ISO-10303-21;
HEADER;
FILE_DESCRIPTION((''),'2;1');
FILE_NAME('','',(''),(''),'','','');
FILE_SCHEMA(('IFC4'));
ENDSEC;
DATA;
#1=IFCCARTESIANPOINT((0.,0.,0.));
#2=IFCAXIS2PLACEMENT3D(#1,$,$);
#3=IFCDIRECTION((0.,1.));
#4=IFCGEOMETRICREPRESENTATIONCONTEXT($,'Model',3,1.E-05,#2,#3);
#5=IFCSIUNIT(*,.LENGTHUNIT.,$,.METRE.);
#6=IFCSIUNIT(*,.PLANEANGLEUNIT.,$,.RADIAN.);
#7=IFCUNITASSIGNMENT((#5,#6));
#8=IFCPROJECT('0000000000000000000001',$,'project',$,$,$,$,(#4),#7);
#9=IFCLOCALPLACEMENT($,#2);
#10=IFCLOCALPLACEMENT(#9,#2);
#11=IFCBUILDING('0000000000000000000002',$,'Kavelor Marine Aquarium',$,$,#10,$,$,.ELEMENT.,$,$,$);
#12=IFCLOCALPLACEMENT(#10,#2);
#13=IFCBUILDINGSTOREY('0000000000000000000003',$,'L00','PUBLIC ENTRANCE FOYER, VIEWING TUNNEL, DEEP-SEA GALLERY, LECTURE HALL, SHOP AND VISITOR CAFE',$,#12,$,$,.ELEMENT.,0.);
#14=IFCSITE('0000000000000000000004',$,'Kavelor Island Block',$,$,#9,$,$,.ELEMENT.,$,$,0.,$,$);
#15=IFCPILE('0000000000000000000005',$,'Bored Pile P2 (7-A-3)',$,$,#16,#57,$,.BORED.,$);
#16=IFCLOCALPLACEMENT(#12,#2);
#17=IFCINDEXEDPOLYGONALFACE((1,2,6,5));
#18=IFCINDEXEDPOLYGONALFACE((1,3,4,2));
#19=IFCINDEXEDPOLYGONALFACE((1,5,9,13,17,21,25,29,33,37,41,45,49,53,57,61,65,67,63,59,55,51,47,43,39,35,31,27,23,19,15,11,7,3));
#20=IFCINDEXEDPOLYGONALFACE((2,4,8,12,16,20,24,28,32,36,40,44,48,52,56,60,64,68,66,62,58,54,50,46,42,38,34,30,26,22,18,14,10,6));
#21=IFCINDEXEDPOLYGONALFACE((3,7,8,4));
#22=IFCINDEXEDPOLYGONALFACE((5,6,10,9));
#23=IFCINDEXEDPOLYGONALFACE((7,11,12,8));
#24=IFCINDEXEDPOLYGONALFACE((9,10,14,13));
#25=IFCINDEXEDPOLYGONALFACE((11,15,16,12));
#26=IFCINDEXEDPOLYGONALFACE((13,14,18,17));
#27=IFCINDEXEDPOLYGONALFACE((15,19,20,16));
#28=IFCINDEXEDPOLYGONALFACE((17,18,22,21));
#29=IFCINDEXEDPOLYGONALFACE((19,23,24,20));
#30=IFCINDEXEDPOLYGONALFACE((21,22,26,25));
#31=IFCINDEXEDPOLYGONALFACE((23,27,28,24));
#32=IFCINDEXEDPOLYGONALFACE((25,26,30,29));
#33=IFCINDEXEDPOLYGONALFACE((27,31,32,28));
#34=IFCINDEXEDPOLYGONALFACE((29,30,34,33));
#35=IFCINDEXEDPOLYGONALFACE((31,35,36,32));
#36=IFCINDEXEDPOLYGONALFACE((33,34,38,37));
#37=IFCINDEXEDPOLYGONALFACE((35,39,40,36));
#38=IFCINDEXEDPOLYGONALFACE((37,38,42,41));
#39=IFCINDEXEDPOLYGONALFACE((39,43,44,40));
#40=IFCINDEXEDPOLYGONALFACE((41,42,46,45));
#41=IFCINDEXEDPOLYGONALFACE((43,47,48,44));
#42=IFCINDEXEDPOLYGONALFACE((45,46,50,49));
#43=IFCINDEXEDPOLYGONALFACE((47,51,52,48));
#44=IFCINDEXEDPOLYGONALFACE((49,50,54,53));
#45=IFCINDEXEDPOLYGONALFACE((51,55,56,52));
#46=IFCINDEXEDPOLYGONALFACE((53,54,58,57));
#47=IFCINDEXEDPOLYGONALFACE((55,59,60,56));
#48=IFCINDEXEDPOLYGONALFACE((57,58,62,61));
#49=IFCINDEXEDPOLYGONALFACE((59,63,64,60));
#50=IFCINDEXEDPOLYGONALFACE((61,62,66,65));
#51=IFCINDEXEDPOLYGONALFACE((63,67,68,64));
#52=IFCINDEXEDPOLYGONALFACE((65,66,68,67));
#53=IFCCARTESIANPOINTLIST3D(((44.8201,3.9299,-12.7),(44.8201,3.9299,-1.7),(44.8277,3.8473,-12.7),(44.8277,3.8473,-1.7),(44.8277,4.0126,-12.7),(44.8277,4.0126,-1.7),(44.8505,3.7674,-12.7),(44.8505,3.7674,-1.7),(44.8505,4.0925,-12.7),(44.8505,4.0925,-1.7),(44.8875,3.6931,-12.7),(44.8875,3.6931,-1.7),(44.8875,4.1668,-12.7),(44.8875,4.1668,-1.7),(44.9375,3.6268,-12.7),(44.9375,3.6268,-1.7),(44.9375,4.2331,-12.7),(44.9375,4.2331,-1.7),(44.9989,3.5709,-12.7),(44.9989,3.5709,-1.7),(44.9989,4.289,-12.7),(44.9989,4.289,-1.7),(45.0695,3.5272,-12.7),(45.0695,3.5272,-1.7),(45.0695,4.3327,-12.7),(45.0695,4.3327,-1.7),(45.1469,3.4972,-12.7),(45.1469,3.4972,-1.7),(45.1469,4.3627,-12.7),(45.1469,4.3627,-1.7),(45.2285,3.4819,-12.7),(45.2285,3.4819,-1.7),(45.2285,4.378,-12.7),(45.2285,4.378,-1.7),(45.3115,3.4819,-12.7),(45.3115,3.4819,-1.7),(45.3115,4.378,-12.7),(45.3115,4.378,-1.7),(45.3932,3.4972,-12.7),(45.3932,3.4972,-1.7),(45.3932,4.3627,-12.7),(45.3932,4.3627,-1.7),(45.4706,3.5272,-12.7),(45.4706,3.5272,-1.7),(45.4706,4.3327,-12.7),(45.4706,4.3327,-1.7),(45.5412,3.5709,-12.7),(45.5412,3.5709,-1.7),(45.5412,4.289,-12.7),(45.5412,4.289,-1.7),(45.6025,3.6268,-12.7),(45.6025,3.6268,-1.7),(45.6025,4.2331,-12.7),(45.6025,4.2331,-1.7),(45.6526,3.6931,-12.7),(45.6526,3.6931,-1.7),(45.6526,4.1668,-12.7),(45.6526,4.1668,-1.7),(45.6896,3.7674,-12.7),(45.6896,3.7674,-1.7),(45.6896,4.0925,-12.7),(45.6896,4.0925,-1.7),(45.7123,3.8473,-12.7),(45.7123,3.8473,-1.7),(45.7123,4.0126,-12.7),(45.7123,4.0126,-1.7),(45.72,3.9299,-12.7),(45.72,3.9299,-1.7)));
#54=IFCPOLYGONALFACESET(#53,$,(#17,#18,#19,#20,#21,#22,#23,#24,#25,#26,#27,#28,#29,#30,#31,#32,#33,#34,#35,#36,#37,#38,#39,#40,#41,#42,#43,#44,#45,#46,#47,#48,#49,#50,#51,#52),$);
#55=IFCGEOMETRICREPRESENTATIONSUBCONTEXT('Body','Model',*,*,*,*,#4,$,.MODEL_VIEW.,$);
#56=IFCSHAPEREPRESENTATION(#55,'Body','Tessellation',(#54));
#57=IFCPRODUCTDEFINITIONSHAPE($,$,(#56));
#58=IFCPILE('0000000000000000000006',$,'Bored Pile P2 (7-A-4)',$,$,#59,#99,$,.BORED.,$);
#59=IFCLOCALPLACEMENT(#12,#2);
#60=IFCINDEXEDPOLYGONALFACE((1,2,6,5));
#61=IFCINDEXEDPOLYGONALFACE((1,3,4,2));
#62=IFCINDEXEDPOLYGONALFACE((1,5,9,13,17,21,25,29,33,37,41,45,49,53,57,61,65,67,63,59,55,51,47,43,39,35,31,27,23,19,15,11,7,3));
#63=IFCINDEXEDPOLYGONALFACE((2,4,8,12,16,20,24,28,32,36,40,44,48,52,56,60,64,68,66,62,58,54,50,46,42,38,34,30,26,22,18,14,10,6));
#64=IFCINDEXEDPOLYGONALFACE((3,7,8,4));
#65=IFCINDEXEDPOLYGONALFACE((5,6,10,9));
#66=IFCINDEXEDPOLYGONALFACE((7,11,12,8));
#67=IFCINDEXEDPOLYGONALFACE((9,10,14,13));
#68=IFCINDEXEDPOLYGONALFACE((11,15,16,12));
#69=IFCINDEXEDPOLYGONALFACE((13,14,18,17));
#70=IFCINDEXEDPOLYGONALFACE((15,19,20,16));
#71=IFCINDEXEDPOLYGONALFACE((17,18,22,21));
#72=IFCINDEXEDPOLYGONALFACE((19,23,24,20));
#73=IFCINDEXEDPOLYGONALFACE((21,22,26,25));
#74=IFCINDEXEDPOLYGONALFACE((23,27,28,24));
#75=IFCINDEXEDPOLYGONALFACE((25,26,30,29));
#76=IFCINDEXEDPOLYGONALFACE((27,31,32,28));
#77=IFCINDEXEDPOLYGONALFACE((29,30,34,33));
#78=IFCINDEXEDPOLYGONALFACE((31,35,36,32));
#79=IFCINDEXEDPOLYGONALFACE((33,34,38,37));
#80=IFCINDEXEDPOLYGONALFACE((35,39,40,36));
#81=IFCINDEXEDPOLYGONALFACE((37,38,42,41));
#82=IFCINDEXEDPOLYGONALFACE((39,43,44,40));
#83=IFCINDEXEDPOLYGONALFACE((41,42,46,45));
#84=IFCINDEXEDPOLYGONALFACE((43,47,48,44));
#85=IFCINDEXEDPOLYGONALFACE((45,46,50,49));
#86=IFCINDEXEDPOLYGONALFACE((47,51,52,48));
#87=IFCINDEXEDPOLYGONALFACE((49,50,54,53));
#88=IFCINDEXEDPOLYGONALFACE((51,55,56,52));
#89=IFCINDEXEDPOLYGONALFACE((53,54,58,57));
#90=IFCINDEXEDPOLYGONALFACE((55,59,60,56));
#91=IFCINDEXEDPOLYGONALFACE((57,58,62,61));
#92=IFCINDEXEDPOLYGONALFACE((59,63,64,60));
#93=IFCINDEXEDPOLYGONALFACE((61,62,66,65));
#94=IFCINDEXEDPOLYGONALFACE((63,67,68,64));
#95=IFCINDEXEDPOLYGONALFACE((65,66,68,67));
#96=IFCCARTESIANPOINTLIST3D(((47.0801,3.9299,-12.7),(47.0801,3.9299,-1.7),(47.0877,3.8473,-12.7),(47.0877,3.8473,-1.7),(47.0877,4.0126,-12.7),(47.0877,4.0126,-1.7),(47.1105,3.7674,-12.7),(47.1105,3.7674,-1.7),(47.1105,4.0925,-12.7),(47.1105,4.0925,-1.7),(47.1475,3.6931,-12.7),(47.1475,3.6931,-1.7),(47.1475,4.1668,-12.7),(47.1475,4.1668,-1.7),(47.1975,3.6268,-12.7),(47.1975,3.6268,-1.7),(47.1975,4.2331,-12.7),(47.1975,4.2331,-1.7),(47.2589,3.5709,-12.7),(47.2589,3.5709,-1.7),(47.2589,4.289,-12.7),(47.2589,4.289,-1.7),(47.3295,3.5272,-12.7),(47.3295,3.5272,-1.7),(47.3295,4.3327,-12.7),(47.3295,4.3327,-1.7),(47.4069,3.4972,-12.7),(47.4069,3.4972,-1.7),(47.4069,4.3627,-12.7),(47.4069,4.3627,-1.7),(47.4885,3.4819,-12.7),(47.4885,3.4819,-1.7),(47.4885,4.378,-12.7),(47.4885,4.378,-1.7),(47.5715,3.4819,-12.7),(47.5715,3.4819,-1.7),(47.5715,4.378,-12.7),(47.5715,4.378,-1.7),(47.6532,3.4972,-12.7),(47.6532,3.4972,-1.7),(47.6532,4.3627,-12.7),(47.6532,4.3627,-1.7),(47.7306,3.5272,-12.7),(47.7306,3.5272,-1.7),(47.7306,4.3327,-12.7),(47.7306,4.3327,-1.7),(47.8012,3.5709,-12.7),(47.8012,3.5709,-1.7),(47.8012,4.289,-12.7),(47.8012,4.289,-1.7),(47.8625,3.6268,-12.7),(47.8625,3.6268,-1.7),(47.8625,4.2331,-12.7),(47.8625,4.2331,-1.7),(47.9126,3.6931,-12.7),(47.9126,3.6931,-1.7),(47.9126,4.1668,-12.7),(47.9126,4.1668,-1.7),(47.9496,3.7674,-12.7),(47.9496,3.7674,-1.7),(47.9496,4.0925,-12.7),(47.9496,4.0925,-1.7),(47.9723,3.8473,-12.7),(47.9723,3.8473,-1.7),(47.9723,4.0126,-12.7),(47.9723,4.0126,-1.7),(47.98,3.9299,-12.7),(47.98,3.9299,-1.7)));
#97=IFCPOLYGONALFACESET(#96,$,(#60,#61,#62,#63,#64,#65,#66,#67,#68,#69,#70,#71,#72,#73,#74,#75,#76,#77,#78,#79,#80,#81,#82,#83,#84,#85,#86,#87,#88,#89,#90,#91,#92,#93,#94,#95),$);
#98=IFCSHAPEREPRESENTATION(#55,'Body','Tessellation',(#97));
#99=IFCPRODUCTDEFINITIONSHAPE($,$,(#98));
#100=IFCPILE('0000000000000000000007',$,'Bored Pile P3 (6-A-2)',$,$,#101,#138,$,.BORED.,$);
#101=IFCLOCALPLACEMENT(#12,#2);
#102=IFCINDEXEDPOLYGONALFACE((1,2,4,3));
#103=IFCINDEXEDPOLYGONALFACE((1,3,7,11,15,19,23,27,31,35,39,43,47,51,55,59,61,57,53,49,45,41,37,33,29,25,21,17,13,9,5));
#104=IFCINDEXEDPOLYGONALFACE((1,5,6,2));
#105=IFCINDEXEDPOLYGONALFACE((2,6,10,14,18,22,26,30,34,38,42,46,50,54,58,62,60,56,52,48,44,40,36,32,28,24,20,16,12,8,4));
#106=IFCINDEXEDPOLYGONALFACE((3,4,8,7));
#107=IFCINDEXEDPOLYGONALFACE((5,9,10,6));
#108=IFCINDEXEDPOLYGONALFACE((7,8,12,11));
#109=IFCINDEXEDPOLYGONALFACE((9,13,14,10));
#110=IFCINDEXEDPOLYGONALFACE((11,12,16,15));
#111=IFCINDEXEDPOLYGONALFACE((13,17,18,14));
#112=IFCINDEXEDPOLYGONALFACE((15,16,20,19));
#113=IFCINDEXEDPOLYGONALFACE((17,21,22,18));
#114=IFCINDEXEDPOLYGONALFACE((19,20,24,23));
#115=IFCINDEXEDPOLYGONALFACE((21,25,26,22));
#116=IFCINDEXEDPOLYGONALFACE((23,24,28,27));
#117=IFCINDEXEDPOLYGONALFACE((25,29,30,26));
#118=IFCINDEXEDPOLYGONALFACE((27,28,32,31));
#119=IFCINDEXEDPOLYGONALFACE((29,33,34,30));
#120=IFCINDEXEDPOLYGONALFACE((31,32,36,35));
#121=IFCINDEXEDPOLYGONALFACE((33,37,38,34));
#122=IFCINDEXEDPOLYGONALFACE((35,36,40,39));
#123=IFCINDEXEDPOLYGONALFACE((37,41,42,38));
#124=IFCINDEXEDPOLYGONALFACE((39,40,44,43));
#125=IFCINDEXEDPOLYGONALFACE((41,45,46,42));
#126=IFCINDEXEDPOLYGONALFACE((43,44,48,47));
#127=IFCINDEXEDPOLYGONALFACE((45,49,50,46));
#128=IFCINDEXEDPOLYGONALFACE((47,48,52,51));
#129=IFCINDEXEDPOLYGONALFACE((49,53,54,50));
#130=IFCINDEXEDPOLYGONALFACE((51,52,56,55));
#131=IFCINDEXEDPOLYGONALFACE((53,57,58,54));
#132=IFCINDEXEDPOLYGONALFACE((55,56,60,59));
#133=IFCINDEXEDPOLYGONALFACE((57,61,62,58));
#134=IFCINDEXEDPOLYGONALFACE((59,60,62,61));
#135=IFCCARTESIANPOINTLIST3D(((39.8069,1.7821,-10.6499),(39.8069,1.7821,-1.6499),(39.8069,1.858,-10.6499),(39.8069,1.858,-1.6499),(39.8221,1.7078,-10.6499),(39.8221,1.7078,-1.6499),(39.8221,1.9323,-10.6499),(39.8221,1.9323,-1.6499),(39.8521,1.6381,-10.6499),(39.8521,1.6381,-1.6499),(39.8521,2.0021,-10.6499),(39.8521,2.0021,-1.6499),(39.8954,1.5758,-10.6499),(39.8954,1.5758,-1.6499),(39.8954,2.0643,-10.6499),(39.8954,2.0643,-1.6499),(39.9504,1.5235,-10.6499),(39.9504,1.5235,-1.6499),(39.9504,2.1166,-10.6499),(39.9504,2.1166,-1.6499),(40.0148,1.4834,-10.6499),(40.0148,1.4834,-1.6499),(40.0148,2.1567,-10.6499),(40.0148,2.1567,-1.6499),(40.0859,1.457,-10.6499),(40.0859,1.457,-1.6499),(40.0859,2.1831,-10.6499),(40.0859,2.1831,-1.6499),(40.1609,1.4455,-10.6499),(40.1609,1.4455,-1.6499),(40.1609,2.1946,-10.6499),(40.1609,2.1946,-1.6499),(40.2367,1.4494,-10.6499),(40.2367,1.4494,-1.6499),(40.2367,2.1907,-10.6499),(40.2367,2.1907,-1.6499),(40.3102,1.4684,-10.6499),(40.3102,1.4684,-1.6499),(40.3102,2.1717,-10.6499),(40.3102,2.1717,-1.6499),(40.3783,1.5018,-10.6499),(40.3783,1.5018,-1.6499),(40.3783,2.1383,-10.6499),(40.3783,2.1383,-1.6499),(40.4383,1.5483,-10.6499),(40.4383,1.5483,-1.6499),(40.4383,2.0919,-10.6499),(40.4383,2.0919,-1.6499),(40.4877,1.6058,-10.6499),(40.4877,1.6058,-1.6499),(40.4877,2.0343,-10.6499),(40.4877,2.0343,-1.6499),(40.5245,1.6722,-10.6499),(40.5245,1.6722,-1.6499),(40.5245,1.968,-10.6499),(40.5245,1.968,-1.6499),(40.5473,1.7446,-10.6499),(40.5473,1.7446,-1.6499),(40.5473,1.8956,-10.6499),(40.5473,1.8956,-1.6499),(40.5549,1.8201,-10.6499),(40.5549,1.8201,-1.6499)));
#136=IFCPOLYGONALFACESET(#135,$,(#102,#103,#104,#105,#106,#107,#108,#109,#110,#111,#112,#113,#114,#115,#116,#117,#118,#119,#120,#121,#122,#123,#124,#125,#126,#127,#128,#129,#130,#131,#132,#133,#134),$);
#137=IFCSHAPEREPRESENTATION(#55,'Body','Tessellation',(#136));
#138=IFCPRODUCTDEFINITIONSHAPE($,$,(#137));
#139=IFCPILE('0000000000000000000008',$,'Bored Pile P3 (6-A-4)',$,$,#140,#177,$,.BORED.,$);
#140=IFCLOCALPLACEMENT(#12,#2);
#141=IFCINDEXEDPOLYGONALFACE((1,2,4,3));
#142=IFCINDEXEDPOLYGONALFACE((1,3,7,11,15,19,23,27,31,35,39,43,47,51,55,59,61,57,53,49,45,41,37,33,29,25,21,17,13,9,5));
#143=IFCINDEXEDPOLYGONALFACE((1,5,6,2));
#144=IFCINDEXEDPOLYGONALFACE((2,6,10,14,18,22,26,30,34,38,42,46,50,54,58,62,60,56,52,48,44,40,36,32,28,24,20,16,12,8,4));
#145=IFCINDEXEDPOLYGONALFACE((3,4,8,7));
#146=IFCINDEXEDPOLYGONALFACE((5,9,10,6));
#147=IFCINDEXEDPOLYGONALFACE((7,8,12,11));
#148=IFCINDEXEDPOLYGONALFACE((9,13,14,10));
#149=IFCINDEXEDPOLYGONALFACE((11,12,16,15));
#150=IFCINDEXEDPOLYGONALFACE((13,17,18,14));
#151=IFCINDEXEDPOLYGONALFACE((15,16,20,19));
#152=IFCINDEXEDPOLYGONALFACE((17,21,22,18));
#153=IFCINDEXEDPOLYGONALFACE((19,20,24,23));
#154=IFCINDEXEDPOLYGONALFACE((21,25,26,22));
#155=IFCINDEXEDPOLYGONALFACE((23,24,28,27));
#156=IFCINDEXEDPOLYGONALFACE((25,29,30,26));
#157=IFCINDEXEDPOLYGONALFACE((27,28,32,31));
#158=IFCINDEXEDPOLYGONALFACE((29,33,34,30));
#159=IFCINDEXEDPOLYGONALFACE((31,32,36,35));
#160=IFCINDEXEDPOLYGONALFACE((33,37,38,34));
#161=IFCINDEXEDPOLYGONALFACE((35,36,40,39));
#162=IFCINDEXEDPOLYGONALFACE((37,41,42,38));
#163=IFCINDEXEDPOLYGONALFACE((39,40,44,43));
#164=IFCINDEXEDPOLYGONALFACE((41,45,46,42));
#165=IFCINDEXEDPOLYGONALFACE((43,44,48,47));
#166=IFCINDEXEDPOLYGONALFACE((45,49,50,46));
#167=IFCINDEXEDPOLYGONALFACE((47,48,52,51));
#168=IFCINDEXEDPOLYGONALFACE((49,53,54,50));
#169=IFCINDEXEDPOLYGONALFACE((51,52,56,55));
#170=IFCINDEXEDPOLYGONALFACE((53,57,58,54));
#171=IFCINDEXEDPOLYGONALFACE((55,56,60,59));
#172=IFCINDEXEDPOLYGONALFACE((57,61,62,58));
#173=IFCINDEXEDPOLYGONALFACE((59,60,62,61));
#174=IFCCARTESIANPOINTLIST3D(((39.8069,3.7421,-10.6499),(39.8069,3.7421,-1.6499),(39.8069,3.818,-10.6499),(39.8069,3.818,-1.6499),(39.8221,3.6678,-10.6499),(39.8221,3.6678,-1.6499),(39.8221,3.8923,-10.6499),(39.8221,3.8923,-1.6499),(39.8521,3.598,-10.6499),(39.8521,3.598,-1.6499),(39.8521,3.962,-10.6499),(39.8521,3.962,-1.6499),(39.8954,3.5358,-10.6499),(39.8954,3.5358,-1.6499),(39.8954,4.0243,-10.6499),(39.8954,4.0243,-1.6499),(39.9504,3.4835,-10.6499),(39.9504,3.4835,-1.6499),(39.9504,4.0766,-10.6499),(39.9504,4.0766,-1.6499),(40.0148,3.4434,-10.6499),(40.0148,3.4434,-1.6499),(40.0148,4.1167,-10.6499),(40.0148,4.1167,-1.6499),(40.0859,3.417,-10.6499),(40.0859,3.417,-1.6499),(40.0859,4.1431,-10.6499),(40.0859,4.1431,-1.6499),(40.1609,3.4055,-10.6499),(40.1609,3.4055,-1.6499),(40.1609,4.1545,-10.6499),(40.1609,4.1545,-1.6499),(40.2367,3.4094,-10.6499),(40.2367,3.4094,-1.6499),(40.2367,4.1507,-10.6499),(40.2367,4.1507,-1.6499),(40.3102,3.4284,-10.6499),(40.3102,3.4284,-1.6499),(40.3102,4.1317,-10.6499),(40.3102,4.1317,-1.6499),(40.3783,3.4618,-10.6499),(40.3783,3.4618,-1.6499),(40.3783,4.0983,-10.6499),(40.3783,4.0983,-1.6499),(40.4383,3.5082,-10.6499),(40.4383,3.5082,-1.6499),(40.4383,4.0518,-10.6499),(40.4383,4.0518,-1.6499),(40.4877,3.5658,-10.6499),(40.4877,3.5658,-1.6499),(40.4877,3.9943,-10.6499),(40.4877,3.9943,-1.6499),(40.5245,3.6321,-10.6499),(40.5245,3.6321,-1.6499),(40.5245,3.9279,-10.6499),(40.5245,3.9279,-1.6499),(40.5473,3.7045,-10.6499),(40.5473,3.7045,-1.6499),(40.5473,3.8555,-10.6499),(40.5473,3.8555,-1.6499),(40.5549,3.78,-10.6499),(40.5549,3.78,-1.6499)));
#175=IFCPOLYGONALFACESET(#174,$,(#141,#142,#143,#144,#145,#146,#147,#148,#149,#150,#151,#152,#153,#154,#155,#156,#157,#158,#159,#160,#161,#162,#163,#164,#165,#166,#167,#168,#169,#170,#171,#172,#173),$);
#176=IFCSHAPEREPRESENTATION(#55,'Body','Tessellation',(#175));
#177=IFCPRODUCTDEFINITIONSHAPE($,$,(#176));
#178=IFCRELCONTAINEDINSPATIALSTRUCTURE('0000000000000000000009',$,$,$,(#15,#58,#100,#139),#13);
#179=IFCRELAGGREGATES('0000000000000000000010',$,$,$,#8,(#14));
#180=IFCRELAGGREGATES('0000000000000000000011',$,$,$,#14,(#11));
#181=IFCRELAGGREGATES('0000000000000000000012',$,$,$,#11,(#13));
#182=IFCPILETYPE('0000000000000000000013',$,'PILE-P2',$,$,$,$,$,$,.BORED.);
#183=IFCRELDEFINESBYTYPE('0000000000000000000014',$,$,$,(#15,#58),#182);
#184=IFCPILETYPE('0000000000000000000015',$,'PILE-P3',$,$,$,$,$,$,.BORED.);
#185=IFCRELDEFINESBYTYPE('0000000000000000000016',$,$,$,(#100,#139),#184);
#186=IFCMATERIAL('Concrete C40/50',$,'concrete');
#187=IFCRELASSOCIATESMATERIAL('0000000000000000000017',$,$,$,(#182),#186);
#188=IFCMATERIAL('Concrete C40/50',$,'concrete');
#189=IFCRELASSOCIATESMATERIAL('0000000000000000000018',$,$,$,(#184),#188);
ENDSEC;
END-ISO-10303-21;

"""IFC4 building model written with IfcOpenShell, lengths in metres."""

from ifc_helpers import new_model, si_unit, direction, frame, origin, origin_2d, place, context, subcontext, project, spatial, circle, extrude, material, material_profile, profile_set, type_object, element, save


model = new_model("IFC4")

# Units and contexts
model_context = context("Model", 3, precision=1e-05, world=origin(), true_north=direction((0.0, 1.0)))
body_context = subcontext(model_context, "Body", "Model", "MODEL_VIEW")
ifc_project = project(units=[si_unit("LENGTHUNIT", "METRE"), si_unit("PLANEANGLEUNIT", "RADIAN")], contexts=[model_context])

# Site, building, storey
site_placement = place(None, origin())
site = spatial("IfcSite", under=ifc_project, at=site_placement, Name="Kavelor Island Block", CompositionType="ELEMENT", RefElevation=0.0)
building_placement = place(site_placement, origin())
building = spatial("IfcBuilding", under=site, at=building_placement, Name="Kavelor Marine Aquarium", CompositionType="ELEMENT")
storey_placement = place(building_placement, origin())
storey = spatial("IfcBuildingStorey", under=building, at=storey_placement, Name="L00", Description="PUBLIC ENTRANCE FOYER, VIEWING TUNNEL, DEEP-SEA GALLERY, LECTURE HALL, SHOP AND VISITOR CAFE", CompositionType="ELEMENT", Elevation=0.0)

# Piles
ifc_material_1 = material(Name="Concrete C40/50", Category="concrete")
ifc_material_profile_1 = material_profile(ifc_material_1, circle(Radius=0.45, at=origin_2d()), Name="PILE D900")
ifc_profile_set_1 = profile_set([ifc_material_profile_1], Name="Concrete C40/50")
pile_type_1 = type_object("IfcPileType", Name="PILE-P2", PredefinedType="BORED", material=ifc_profile_set_1)
for number, where, z_axis, x_axis, name in (
    (1, (45.27, 3.9299, -1.7), (0.0, 0.0, -1.0), (1.0, 0.0, 0.0), "Bored Pile P2 (7-A-3)"),
    (2, (47.53, 3.9299, -1.7), (0.0, 0.0, -1.0), (1.0, 0.0, 0.0), "Bored Pile P2 (7-A-4)"),
):
    element("IfcPile", number, at=place(storey_placement, frame(where, z_axis=z_axis, x_axis=x_axis)), inside=storey, type_object=pile_type_1, Name=name, PredefinedType="BORED", context=body_context, shape_type="SweptSolid", body=[
        extrude(circle(Radius=0.45, at=origin_2d()), origin(), (0.0, 0.0, 1.0), 11.0),
    ])
ifc_material_2 = material(Name="Concrete C40/50", Category="concrete")
ifc_material_profile_2 = material_profile(ifc_material_2, circle(Radius=0.375, at=origin_2d()), Name="PILE D750")
ifc_profile_set_2 = profile_set([ifc_material_profile_2], Name="Concrete C40/50")
pile_type_2 = type_object("IfcPileType", Name="PILE-P3", PredefinedType="BORED", material=ifc_profile_set_2)
for number, where, z_axis, x_axis, name in (
    (3, (40.1799, 1.8201, -1.6499), (0.0, 0.0, -1.0), (1.0, 0.0, 0.0), "Bored Pile P3 (6-A-2)"),
    (4, (40.1799, 3.78, -1.6499), (0.0, 0.0, -1.0), (1.0, 0.0, 0.0), "Bored Pile P3 (6-A-4)"),
):
    element("IfcPile", number, at=place(storey_placement, frame(where, z_axis=z_axis, x_axis=x_axis)), inside=storey, type_object=pile_type_2, Name=name, PredefinedType="BORED", context=body_context, shape_type="SweptSolid", body=[
        extrude(circle(Radius=0.375, at=origin_2d()), origin(), (0.0, 0.0, 1.0), 9.0),
    ])

save(model, "model.ifc")
